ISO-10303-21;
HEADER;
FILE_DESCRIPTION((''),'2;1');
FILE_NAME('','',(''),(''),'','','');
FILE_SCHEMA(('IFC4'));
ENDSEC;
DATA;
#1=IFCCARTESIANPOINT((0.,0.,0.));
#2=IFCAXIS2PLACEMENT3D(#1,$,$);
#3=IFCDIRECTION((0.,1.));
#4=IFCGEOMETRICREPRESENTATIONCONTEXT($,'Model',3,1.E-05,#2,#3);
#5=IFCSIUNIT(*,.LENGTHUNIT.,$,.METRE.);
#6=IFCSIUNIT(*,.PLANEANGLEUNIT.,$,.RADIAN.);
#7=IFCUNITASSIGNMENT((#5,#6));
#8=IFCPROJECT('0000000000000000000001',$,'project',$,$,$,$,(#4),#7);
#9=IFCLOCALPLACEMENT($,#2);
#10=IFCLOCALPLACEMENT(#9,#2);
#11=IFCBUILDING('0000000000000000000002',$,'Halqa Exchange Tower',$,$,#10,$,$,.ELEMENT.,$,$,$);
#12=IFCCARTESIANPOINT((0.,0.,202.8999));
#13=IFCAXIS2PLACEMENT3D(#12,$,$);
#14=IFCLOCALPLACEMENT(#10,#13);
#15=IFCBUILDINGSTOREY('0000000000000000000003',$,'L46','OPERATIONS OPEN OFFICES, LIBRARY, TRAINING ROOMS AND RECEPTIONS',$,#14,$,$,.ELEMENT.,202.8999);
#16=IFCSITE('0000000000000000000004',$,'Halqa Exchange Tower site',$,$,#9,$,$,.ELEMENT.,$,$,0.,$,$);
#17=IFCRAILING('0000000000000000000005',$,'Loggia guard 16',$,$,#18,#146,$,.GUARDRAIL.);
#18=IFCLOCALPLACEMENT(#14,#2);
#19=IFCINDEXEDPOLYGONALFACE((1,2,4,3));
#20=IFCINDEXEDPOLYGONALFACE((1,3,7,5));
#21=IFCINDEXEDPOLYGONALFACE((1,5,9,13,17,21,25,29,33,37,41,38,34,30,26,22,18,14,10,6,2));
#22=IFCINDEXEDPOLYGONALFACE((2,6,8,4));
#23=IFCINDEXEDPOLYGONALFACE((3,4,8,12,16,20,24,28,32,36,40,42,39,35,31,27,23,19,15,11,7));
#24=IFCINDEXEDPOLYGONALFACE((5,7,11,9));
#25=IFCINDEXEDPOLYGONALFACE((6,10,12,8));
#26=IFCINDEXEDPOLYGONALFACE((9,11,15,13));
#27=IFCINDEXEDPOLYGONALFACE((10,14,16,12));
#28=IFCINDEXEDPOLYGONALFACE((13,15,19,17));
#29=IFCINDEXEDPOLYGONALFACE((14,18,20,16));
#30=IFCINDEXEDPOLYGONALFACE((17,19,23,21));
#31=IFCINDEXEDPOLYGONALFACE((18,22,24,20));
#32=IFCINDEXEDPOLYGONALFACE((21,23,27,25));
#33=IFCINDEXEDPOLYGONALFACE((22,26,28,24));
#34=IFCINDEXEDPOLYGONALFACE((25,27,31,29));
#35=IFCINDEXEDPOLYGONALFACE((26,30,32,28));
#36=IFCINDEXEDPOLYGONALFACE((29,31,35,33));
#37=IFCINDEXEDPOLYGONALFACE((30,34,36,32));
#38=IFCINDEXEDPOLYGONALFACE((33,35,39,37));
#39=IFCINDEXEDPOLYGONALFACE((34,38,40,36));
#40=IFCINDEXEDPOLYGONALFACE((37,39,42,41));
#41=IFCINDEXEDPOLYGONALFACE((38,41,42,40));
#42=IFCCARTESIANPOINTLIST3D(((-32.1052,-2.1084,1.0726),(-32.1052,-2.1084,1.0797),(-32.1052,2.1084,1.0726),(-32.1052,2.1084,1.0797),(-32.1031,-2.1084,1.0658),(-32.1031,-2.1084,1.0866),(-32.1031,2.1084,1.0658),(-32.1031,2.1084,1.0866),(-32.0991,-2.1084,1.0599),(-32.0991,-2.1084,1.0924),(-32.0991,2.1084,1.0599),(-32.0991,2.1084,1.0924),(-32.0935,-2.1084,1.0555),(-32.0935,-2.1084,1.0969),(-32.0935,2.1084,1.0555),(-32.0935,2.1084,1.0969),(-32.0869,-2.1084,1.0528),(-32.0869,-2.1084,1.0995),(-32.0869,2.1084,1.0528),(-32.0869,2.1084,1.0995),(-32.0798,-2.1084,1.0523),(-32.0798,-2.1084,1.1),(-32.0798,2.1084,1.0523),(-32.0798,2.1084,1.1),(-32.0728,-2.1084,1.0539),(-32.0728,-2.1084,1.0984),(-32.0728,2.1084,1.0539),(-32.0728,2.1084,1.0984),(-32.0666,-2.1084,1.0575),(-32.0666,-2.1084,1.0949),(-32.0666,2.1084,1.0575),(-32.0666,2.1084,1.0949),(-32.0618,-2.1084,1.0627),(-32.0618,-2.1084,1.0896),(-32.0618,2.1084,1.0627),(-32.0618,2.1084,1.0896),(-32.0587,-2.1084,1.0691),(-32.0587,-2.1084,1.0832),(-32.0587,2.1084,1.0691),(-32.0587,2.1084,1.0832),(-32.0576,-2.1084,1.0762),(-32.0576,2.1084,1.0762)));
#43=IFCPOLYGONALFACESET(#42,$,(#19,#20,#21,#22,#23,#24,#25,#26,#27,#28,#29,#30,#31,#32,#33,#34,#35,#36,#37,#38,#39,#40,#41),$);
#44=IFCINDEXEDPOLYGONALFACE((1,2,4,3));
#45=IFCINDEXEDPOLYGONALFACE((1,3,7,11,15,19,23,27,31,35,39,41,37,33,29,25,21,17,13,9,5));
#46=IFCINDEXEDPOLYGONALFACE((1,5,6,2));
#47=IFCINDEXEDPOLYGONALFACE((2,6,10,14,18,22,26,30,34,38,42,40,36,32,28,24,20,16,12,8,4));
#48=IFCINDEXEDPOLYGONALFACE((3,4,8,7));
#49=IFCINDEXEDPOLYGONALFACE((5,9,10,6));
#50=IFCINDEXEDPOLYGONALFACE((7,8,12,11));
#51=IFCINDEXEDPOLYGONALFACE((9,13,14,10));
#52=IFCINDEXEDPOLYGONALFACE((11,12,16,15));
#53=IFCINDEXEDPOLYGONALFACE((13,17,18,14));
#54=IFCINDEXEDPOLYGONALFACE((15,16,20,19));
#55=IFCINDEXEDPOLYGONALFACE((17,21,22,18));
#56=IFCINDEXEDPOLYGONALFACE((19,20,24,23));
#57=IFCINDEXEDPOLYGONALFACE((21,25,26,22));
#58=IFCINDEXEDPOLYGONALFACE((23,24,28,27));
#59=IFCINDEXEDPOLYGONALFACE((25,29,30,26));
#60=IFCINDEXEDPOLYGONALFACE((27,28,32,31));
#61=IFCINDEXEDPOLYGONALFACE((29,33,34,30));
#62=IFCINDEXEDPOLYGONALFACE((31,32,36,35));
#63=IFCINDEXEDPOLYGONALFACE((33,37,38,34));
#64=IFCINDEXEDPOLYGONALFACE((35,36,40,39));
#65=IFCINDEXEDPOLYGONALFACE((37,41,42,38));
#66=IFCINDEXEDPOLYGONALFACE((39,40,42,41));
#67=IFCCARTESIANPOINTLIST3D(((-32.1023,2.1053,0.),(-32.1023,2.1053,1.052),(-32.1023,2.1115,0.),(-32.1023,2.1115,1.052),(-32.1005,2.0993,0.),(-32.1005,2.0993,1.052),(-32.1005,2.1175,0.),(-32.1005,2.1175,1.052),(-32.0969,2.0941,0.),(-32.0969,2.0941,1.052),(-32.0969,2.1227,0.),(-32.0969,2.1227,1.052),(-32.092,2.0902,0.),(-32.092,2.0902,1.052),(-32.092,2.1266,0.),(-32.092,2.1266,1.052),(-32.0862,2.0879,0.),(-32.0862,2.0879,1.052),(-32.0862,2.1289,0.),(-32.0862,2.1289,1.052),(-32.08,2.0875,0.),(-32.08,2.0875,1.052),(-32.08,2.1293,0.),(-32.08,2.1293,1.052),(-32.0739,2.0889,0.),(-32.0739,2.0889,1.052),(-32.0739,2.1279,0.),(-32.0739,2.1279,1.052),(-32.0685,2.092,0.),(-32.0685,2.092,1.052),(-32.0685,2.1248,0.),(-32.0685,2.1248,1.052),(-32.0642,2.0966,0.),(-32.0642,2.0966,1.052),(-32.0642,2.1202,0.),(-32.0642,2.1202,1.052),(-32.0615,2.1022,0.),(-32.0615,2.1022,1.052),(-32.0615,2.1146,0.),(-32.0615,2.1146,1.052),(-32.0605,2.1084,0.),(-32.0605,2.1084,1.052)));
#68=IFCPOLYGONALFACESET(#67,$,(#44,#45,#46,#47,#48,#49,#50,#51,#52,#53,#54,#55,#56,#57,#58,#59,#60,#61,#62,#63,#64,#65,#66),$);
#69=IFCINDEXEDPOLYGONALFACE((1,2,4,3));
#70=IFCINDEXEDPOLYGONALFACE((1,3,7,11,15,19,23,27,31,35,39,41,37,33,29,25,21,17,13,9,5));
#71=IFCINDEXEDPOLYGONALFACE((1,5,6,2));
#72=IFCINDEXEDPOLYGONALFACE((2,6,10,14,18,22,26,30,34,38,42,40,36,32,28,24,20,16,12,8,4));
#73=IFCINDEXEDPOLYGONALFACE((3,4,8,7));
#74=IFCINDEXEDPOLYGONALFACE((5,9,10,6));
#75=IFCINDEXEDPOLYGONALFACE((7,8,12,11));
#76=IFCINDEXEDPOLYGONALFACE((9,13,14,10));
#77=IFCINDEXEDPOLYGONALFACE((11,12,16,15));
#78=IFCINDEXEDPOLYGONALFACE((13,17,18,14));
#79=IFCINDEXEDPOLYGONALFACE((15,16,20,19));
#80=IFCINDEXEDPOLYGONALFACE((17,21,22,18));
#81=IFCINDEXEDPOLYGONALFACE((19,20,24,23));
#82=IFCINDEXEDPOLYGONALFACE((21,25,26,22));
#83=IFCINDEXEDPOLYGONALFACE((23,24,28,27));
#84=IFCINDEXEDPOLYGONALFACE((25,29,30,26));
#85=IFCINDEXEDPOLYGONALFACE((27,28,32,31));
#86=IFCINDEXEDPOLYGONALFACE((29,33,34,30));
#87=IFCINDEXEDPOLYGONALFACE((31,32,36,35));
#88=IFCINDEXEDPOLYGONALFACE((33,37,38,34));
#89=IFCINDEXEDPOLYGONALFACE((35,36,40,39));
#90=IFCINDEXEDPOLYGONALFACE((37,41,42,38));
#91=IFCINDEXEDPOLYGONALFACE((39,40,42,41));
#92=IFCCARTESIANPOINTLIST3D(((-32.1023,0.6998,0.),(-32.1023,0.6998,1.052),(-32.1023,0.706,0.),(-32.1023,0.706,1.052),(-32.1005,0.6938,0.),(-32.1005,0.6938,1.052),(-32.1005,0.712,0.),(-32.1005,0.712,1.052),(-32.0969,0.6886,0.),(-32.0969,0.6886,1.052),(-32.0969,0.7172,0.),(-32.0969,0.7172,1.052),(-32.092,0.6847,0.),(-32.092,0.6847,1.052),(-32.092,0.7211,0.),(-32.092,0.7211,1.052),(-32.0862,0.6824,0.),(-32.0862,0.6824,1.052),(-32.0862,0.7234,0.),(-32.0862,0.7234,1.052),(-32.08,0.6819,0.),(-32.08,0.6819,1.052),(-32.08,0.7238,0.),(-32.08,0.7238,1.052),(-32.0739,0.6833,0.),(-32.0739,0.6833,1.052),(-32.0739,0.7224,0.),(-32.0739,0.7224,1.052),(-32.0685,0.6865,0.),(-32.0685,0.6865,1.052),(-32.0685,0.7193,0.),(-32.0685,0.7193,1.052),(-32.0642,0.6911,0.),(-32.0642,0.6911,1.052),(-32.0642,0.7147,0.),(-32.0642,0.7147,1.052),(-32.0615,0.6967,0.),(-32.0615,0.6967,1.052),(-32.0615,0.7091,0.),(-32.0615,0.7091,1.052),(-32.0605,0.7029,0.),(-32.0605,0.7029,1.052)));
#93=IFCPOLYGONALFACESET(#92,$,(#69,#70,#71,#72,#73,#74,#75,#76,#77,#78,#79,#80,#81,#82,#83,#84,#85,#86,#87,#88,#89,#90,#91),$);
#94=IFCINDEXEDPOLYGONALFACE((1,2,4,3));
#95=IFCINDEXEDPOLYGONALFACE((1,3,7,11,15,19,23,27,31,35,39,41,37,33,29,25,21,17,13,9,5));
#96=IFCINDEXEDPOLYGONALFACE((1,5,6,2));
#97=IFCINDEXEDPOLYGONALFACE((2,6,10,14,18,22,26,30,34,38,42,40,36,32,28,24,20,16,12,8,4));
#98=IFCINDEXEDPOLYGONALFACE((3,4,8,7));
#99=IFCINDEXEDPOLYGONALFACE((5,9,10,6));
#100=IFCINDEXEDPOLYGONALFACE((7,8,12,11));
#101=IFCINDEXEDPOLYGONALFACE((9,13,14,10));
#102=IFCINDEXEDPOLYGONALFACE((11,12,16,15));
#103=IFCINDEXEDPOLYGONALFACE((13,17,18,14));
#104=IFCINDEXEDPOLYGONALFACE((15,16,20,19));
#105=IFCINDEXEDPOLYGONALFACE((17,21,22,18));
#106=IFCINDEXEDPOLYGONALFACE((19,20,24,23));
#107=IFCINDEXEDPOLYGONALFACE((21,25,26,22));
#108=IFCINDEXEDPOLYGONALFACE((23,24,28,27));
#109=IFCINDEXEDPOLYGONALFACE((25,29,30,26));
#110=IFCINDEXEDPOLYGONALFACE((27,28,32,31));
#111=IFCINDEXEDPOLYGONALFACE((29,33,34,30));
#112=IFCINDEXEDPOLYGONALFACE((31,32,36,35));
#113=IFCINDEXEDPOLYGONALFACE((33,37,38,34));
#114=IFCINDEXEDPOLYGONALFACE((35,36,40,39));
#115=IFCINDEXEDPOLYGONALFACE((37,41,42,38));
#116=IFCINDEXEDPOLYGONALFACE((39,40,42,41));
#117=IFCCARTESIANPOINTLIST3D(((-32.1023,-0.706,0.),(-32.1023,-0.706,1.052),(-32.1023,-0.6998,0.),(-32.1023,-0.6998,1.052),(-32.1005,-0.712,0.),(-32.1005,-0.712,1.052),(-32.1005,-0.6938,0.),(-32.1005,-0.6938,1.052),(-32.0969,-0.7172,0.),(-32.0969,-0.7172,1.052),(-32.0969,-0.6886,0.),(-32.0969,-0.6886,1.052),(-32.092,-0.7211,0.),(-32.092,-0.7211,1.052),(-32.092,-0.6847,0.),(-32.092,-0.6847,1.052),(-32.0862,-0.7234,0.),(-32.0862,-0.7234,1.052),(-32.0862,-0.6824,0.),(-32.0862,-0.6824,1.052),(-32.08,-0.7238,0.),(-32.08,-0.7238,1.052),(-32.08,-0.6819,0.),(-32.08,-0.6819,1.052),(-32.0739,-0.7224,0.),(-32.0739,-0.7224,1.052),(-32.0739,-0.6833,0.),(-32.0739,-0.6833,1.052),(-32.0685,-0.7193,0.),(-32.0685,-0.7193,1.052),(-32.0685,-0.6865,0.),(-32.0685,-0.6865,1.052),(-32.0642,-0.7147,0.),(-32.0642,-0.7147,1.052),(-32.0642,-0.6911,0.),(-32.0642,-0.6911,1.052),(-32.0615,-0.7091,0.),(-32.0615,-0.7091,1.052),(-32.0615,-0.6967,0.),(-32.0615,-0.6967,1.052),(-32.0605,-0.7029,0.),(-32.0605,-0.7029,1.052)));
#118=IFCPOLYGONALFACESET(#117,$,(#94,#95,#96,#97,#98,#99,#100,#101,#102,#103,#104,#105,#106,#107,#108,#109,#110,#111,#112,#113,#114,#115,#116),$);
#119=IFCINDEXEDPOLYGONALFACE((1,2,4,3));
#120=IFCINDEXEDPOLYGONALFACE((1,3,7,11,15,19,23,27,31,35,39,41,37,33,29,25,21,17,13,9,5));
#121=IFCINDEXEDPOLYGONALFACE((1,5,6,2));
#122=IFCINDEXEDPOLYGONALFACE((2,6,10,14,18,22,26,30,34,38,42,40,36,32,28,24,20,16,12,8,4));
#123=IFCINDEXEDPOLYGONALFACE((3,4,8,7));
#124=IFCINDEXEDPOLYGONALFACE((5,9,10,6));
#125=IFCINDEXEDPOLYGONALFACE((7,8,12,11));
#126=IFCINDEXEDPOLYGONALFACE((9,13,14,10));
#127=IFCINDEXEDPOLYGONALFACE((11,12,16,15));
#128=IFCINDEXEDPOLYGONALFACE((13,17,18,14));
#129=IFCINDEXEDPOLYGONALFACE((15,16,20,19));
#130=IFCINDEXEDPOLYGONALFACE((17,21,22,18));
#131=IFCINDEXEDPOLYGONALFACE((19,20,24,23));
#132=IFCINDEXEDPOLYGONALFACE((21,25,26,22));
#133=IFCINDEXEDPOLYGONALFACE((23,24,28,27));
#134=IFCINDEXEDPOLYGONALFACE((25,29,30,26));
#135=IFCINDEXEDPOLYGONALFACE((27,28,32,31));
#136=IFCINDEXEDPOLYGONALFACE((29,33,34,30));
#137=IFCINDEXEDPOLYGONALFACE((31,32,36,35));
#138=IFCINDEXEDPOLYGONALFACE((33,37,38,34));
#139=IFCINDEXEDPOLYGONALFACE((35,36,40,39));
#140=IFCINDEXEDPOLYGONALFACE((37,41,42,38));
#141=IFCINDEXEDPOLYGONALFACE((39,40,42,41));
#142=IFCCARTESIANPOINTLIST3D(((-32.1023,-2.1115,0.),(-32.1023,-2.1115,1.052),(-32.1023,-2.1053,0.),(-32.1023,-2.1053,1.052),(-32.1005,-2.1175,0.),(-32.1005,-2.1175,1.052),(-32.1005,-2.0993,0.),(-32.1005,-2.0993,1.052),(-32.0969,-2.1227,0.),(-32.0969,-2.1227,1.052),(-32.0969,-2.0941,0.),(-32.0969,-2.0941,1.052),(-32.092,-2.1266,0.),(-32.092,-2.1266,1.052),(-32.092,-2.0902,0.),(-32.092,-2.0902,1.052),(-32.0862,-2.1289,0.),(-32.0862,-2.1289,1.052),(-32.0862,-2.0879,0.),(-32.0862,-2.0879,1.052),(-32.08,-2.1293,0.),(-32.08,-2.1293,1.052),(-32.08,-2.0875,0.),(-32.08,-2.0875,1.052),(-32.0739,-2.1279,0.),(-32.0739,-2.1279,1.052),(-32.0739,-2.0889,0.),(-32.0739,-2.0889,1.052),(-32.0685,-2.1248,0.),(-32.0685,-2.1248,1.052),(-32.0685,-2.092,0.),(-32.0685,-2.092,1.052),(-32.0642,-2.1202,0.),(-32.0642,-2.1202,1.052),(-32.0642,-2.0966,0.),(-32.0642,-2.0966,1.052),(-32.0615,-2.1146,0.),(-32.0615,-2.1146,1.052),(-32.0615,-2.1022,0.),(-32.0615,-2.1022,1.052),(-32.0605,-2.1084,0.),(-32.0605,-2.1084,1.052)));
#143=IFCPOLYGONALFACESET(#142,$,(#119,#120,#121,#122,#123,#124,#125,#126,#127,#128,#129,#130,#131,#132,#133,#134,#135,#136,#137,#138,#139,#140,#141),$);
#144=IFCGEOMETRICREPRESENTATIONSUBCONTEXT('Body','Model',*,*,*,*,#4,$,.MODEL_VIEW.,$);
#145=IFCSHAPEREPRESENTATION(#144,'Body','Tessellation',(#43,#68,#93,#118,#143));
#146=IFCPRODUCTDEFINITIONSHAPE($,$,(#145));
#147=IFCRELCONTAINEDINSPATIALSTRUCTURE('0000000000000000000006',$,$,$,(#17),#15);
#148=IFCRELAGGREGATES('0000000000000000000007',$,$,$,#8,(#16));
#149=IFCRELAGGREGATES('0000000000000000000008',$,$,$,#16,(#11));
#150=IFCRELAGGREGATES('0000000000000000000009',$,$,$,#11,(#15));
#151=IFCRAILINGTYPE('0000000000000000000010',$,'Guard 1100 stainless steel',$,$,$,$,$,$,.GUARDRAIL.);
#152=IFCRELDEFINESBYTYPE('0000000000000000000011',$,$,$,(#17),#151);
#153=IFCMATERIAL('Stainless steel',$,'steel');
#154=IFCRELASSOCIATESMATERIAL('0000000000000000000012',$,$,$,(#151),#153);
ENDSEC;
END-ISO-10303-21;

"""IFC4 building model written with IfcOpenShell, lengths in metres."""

from ifc_helpers import new_model, si_unit, direction, frame, origin, origin_2d, place, context, subcontext, project, spatial, circle, extrude, material, type_object, element, save


model = new_model("IFC4")

# Units and contexts
model_context = context("Model", 3, precision=1e-05, world=origin(), true_north=direction((0.0, 1.0)))
body_context = subcontext(model_context, "Body", "Model", "MODEL_VIEW")
ifc_project = project(units=[si_unit("LENGTHUNIT", "METRE"), si_unit("PLANEANGLEUNIT", "RADIAN")], contexts=[model_context])

# Site, building, storey
site_placement = place(None, origin())
site = spatial("IfcSite", under=ifc_project, at=site_placement, Name="Halqa Exchange Tower site", CompositionType="ELEMENT", RefElevation=0.0)
building_placement = place(site_placement, origin())
building = spatial("IfcBuilding", under=site, at=building_placement, Name="Halqa Exchange Tower", CompositionType="ELEMENT")
storey_placement = place(building_placement, frame((0.0, 0.0, 202.8999)))
storey = spatial("IfcBuildingStorey", under=building, at=storey_placement, Name="L46", Description="OPERATIONS OPEN OFFICES, LIBRARY, TRAINING ROOMS AND RECEPTIONS", CompositionType="ELEMENT", Elevation=202.8999)

# Railing
ifc_material_1 = material(Name="Stainless steel", Category="steel")
railing_type = type_object("IfcRailingType", Name="Guard 1100 stainless steel", PredefinedType="GUARDRAIL", material=ifc_material_1)
railing_1_placement = place(storey_placement, frame((-32.0815, 2.1084, 0.0)))
element("IfcRailing", 1, at=railing_1_placement, inside=storey, type_object=railing_type, Name="Loggia guard 16", PredefinedType="GUARDRAIL", context=body_context, shape_type="SweptSolid", body=[
    extrude(circle(Radius=0.0239, at=origin_2d()), frame((0.0, 0.0, 1.0762), z_axis=(0.0, -1.0, 0.0), x_axis=(1.0, 0.0, 0.0)), (0.0, 0.0, 1.0), 4.2168),
    extrude(circle(Radius=0.021, at=origin_2d()), origin(), (0.0, 0.0, 1.0), 1.052),
    extrude(circle(Radius=0.021, at=origin_2d()), frame((0.0, -1.4055, 0.0)), (0.0, 0.0, 1.0), 1.052),
    extrude(circle(Radius=0.021, at=origin_2d()), frame((0.0, -2.8113, 0.0)), (0.0, 0.0, 1.0), 1.052),
    extrude(circle(Radius=0.021, at=origin_2d()), frame((0.0, -4.2168, 0.0)), (0.0, 0.0, 1.0), 1.052),
])

save(model, "model.ifc")
